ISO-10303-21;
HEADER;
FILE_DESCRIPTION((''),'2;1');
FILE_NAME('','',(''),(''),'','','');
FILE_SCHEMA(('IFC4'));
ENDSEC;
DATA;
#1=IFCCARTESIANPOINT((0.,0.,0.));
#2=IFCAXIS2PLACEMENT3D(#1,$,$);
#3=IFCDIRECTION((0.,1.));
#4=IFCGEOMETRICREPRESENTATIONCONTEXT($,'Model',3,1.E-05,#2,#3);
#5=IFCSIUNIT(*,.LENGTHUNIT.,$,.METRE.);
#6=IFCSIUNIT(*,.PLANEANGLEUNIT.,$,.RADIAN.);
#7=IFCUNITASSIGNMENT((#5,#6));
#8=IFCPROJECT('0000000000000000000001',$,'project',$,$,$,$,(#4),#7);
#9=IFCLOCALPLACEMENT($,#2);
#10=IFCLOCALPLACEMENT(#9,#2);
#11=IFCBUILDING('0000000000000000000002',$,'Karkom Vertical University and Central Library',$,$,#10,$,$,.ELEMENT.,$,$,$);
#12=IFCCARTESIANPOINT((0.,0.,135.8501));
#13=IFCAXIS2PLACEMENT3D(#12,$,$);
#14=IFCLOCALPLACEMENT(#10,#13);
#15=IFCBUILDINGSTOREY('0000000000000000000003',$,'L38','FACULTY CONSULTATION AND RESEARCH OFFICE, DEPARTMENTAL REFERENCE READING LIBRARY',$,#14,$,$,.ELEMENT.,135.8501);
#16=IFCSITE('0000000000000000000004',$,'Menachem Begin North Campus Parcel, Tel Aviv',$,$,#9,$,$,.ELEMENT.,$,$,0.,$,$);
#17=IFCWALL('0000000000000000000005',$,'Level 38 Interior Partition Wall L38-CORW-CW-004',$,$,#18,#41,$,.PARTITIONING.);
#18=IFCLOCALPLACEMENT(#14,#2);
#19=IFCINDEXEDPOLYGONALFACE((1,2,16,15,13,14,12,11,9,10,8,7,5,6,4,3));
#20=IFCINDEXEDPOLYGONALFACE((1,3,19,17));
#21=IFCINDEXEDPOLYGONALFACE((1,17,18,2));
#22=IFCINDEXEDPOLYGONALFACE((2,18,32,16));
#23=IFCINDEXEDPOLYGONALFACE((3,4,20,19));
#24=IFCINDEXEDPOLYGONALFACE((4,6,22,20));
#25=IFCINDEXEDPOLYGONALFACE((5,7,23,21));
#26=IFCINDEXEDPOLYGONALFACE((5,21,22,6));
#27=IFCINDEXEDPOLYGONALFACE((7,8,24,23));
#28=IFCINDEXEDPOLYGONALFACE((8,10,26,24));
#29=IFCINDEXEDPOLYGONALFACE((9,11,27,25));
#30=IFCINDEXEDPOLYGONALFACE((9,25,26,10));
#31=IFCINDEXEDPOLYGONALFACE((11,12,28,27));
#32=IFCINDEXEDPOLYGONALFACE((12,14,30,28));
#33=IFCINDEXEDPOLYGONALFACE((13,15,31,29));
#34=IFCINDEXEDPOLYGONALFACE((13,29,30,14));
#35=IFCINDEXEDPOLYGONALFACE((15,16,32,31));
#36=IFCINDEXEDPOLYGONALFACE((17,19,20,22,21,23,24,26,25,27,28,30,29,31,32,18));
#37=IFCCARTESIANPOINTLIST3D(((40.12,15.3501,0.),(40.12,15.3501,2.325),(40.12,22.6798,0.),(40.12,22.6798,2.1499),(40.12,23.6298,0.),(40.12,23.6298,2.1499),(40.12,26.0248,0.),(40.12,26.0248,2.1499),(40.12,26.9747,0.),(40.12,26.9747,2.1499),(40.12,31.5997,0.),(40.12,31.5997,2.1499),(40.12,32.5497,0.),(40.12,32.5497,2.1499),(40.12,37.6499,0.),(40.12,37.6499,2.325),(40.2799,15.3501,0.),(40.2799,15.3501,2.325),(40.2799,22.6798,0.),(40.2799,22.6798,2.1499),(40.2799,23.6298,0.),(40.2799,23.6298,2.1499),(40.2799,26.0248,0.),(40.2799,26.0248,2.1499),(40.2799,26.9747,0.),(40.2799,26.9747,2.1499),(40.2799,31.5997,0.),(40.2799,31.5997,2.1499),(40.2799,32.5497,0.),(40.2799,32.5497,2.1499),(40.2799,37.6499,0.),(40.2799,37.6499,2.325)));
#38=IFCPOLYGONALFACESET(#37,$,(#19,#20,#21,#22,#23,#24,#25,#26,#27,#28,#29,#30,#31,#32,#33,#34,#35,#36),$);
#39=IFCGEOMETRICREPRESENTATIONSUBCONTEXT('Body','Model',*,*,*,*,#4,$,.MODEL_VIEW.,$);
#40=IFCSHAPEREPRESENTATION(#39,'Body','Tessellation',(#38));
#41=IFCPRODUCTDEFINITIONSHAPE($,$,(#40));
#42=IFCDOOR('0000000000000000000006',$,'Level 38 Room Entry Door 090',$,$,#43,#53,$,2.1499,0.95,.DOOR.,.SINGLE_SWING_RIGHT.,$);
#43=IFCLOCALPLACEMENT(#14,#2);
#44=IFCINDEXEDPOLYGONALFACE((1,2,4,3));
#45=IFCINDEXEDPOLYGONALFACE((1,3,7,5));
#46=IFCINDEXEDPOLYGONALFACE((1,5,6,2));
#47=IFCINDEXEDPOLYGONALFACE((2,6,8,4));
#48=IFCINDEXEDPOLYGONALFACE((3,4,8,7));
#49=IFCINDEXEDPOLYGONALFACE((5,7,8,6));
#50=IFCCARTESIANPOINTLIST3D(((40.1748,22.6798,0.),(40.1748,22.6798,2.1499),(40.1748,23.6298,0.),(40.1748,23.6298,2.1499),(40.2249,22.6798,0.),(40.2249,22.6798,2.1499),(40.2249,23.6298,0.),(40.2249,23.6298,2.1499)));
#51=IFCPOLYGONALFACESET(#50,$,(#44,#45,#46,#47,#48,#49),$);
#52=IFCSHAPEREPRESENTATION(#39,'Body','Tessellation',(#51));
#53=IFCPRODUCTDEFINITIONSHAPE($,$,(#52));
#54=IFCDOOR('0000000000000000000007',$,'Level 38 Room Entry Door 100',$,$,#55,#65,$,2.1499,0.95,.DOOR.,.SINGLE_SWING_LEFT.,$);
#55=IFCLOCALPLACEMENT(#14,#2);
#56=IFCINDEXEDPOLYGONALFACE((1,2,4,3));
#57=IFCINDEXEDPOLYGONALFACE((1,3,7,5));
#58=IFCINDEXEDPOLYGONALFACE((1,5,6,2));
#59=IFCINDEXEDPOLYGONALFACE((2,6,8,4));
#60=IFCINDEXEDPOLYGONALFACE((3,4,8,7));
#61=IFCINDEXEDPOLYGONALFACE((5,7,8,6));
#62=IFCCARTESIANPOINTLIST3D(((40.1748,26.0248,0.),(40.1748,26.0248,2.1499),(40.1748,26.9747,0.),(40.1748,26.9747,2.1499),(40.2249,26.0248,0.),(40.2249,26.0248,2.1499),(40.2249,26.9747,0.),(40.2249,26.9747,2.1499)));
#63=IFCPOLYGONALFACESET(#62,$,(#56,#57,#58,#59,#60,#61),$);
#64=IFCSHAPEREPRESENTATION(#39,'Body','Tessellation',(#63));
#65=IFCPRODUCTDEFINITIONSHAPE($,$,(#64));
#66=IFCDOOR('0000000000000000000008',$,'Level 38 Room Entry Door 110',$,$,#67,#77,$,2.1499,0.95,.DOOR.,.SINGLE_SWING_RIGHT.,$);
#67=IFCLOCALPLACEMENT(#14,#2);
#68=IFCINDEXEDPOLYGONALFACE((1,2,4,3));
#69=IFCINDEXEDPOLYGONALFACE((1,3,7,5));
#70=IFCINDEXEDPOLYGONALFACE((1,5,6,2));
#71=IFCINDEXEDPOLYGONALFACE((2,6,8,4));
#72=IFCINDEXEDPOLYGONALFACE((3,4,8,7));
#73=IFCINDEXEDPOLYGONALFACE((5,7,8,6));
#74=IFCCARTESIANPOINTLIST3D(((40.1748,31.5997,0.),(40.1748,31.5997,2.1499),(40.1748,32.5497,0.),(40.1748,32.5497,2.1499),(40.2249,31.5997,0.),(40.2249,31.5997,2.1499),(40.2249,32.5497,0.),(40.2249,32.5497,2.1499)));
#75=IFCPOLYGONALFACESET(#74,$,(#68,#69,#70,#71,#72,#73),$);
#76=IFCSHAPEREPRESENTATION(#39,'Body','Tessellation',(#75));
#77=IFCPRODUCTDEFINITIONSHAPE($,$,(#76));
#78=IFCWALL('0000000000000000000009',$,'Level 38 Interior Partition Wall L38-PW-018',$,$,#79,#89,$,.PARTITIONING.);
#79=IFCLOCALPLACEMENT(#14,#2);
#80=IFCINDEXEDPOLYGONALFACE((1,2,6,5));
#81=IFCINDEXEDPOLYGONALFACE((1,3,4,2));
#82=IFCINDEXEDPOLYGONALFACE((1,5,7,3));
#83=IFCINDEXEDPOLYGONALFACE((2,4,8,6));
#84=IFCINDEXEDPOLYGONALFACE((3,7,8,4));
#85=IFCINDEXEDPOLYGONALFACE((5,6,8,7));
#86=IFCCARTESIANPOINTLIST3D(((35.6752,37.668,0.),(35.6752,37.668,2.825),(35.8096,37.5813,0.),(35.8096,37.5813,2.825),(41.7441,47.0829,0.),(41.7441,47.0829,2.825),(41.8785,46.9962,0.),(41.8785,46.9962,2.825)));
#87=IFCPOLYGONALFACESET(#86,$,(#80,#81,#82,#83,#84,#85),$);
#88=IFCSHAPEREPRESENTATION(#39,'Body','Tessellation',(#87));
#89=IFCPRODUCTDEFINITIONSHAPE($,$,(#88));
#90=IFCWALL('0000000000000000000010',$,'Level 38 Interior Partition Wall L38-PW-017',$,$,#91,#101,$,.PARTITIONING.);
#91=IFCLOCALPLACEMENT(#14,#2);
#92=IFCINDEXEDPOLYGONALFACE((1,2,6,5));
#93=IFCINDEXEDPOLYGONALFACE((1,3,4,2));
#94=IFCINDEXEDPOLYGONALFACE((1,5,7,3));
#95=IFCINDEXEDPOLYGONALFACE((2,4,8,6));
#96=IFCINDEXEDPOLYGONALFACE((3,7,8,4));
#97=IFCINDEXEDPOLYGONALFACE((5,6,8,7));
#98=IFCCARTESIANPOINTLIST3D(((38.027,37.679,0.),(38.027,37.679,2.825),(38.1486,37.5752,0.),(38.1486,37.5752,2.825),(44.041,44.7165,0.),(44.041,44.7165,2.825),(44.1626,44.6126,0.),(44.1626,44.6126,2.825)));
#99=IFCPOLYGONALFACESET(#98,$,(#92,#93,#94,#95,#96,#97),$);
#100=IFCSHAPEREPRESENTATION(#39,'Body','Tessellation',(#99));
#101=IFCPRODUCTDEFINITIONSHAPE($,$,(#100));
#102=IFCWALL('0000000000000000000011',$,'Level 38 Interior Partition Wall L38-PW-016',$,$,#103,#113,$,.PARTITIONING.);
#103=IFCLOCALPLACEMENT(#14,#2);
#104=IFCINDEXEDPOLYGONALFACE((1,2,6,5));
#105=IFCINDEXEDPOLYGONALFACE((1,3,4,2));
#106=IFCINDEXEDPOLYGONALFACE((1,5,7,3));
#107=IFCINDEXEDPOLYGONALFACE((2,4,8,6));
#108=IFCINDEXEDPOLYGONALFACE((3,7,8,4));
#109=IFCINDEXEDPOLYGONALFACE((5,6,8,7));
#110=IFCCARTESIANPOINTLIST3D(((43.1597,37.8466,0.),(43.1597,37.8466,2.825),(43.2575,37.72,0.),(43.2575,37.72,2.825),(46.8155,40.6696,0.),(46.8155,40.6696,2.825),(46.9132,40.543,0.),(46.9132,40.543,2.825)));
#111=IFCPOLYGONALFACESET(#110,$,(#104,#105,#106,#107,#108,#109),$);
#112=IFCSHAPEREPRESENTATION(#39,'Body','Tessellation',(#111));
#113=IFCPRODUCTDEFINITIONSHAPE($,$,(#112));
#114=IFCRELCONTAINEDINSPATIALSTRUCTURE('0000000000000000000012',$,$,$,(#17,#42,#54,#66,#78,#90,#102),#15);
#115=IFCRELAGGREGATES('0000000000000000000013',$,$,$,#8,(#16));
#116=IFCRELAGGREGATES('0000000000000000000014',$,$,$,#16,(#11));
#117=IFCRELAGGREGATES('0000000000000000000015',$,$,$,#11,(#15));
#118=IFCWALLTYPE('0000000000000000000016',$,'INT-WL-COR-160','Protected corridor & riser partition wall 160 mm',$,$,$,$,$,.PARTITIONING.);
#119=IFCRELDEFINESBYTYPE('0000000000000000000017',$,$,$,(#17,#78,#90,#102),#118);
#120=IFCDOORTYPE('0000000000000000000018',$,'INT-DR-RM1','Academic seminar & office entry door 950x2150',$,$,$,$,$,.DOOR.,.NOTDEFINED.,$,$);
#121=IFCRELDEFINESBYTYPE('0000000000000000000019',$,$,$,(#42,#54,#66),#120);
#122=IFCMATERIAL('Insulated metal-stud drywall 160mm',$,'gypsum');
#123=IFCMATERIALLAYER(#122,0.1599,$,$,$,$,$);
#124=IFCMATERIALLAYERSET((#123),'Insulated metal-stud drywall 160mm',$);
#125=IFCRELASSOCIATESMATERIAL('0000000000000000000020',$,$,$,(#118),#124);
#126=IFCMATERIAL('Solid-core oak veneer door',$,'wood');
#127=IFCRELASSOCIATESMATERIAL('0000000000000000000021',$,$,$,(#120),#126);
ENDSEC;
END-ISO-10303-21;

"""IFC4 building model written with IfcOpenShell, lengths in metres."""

from ifc_helpers import new_model, si_unit, direction, frame, frame_2d, origin, origin_with_axes, place, context, subcontext, project, spatial, rectangle, extrude, source, transform, mapped, material, layer, layer_set, type_object, element, fill, save


model = new_model("IFC4")

# Units and contexts
model_context = context("Model", 3, precision=1e-05, world=origin(), true_north=direction((0.0, 1.0)))
body_context = subcontext(model_context, "Body", "Model", "MODEL_VIEW")
ifc_project = project(units=[si_unit("LENGTHUNIT", "METRE"), si_unit("PLANEANGLEUNIT", "RADIAN")], contexts=[model_context])

# Site, building, storey
site_placement = place(None, origin())
site = spatial("IfcSite", under=ifc_project, at=site_placement, Name="Menachem Begin North Campus Parcel, Tel Aviv", CompositionType="ELEMENT", RefElevation=0.0)
building_placement = place(site_placement, origin())
building = spatial("IfcBuilding", under=site, at=building_placement, Name="Karkom Vertical University and Central Library", CompositionType="ELEMENT")
storey_placement = place(building_placement, frame((0.0, 0.0, 135.8501)))
storey = spatial("IfcBuildingStorey", under=building, at=storey_placement, Name="L38", Description="FACULTY CONSULTATION AND RESEARCH OFFICE, DEPARTMENTAL REFERENCE READING LIBRARY", CompositionType="ELEMENT", Elevation=135.8501)

# Wall, openings, doors
ifc_material_1 = material(Name="Insulated metal-stud drywall 160mm", Category="gypsum")
ifc_layer_1 = layer(ifc_material_1, 0.1599)
ifc_layer_set_1 = layer_set([ifc_layer_1], Name="Insulated metal-stud drywall 160mm")
wall_type_1 = type_object("IfcWallType", Name="INT-WL-COR-160", Description="Protected corridor & riser partition wall 160 mm", PredefinedType="PARTITIONING", material=ifc_layer_set_1)
wall_1_placement = place(storey_placement, frame((40.2, 37.6499, 0.0), z_axis=(0.0, 0.0, 1.0), x_axis=(0.0, -1.0, 0.0)))
wall_1 = element("IfcWall", 1, at=wall_1_placement, inside=storey, type_object=wall_type_1, Name="Level 38 Interior Partition Wall L38-CORW-CW-004", PredefinedType="PARTITIONING", context=body_context, shape_type="SweptSolid", body=[
    extrude(rectangle(XDim=22.2998, YDim=0.1599, at=frame_2d((11.1499, 0.0))), origin(), (0.0, 0.0, 1.0), 2.325),
])
opening_1_placement = place(wall_1_placement, frame((14.02, 0.0, 0.0)))
opening_1 = element("IfcOpeningElement", 2, at=opening_1_placement, cuts=wall_1, PredefinedType="OPENING", context=body_context, shape_type="SweptSolid", body=[
    extrude(rectangle(XDim=0.95, YDim=2.1499, at=frame_2d((0.4751, 1.075))), frame((0.0, 0.0898, 0.0), z_axis=(0.0, -1.0, 0.0), x_axis=(1.0, 0.0, 0.0)), (0.0, 0.0, 1.0), 0.1799),
])
opening_2_placement = place(wall_1_placement, frame((10.675, 0.0, 0.0)))
opening_2 = element("IfcOpeningElement", 3, at=opening_2_placement, cuts=wall_1, PredefinedType="OPENING", context=body_context, shape_type="SweptSolid", body=[
    extrude(rectangle(XDim=0.95, YDim=2.1499, at=frame_2d((0.4751, 1.075))), frame((0.0, 0.0898, 0.0), z_axis=(0.0, -1.0, 0.0), x_axis=(1.0, 0.0, 0.0)), (0.0, 0.0, 1.0), 0.1799),
])
opening_3_placement = place(wall_1_placement, frame((5.1001, 0.0, 0.0)))
opening_3 = element("IfcOpeningElement", 4, at=opening_3_placement, cuts=wall_1, PredefinedType="OPENING", context=body_context, shape_type="SweptSolid", body=[
    extrude(rectangle(XDim=0.95, YDim=2.1499, at=frame_2d((0.4751, 1.075))), frame((0.0, 0.0898, 0.0), z_axis=(0.0, -1.0, 0.0), x_axis=(1.0, 0.0, 0.0)), (0.0, 0.0, 1.0), 0.1799),
])
ifc_material_2 = material(Name="Solid-core oak veneer door", Category="wood")
door_type = type_object("IfcDoorType", Name="INT-DR-RM1", Description="Academic seminar & office entry door 950x2150", OperationType="NOTDEFINED", PredefinedType="DOOR", material=ifc_material_2)
shared_shape_1 = source(origin_with_axes(), body_context, "Body", "SweptSolid", [
    extrude(rectangle(XDim=0.95, YDim=2.1499, at=frame_2d((0.4751, 1.075))), frame((0.0, 0.0249, 0.0), z_axis=(0.0, -1.0, 0.0), x_axis=(1.0, 0.0, 0.0)), (0.0, 0.0, 1.0), 0.05),
])
door_1_placement = place(opening_1_placement, origin())
door_1 = element("IfcDoor", 5, at=door_1_placement, inside=storey, type_object=door_type, Name="Level 38 Room Entry Door 090", OperationType="SINGLE_SWING_RIGHT", OverallHeight=2.1499, OverallWidth=0.95, PredefinedType="DOOR", context=body_context, shape_type="MappedRepresentation", body=[
    mapped(shared_shape_1, transform((0.0, 0.0, 0.0), scale=1.0)),
])
fill(opening_1, door_1)
door_2_placement = place(opening_2_placement, origin())
door_2 = element("IfcDoor", 6, at=door_2_placement, inside=storey, type_object=door_type, Name="Level 38 Room Entry Door 100", OperationType="SINGLE_SWING_LEFT", OverallHeight=2.1499, OverallWidth=0.95, PredefinedType="DOOR", context=body_context, shape_type="MappedRepresentation", body=[
    mapped(shared_shape_1, transform((0.0, 0.0, 0.0), scale=1.0)),
])
fill(opening_2, door_2)
door_3_placement = place(opening_3_placement, origin())
door_3 = element("IfcDoor", 7, at=door_3_placement, inside=storey, type_object=door_type, Name="Level 38 Room Entry Door 110", OperationType="SINGLE_SWING_RIGHT", OverallHeight=2.1499, OverallWidth=0.95, PredefinedType="DOOR", context=body_context, shape_type="MappedRepresentation", body=[
    mapped(shared_shape_1, transform((0.0, 0.0, 0.0), scale=1.0)),
])
fill(opening_3, door_3)

# Walls
wall_2_placement = place(storey_placement, frame((35.7424, 37.6248, 0.0), z_axis=(0.0, 0.0, 1.0), x_axis=(0.541798, 0.840509, 0.0)))
element("IfcWall", 8, at=wall_2_placement, inside=storey, type_object=wall_type_1, Name="Level 38 Interior Partition Wall L38-PW-018", PredefinedType="PARTITIONING", context=body_context, shape_type="SweptSolid", body=[
    extrude(rectangle(XDim=11.2014, YDim=0.1599, at=frame_2d((5.6006, 0.0))), origin(), (0.0, 0.0, 1.0), 2.825),
])
wall_3_placement = place(storey_placement, frame((38.0879, 37.6272, 0.0), z_axis=(0.0, 0.0, 1.0), x_axis=(0.649663, 0.760222, 0.0)))
element("IfcWall", 9, at=wall_3_placement, inside=storey, type_object=wall_type_1, Name="Level 38 Interior Partition Wall L38-PW-017", PredefinedType="PARTITIONING", context=body_context, shape_type="SweptSolid", body=[
    extrude(rectangle(XDim=9.2571, YDim=0.1599, at=frame_2d((4.6284, 0.0))), origin(), (0.0, 0.0, 1.0), 2.825),
])
wall_4_placement = place(storey_placement, frame((43.2085, 37.7832, 0.0), z_axis=(0.0, 0.0, 1.0), x_axis=(0.791485, 0.611189, 0.0)))
element("IfcWall", 10, at=wall_4_placement, inside=storey, type_object=wall_type_1, Name="Level 38 Interior Partition Wall L38-PW-016", PredefinedType="PARTITIONING", context=body_context, shape_type="SweptSolid", body=[
    extrude(rectangle(XDim=4.6189, YDim=0.1599, at=frame_2d((2.3096, 0.0))), origin(), (0.0, 0.0, 1.0), 2.825),
])

save(model, "model.ifc")
